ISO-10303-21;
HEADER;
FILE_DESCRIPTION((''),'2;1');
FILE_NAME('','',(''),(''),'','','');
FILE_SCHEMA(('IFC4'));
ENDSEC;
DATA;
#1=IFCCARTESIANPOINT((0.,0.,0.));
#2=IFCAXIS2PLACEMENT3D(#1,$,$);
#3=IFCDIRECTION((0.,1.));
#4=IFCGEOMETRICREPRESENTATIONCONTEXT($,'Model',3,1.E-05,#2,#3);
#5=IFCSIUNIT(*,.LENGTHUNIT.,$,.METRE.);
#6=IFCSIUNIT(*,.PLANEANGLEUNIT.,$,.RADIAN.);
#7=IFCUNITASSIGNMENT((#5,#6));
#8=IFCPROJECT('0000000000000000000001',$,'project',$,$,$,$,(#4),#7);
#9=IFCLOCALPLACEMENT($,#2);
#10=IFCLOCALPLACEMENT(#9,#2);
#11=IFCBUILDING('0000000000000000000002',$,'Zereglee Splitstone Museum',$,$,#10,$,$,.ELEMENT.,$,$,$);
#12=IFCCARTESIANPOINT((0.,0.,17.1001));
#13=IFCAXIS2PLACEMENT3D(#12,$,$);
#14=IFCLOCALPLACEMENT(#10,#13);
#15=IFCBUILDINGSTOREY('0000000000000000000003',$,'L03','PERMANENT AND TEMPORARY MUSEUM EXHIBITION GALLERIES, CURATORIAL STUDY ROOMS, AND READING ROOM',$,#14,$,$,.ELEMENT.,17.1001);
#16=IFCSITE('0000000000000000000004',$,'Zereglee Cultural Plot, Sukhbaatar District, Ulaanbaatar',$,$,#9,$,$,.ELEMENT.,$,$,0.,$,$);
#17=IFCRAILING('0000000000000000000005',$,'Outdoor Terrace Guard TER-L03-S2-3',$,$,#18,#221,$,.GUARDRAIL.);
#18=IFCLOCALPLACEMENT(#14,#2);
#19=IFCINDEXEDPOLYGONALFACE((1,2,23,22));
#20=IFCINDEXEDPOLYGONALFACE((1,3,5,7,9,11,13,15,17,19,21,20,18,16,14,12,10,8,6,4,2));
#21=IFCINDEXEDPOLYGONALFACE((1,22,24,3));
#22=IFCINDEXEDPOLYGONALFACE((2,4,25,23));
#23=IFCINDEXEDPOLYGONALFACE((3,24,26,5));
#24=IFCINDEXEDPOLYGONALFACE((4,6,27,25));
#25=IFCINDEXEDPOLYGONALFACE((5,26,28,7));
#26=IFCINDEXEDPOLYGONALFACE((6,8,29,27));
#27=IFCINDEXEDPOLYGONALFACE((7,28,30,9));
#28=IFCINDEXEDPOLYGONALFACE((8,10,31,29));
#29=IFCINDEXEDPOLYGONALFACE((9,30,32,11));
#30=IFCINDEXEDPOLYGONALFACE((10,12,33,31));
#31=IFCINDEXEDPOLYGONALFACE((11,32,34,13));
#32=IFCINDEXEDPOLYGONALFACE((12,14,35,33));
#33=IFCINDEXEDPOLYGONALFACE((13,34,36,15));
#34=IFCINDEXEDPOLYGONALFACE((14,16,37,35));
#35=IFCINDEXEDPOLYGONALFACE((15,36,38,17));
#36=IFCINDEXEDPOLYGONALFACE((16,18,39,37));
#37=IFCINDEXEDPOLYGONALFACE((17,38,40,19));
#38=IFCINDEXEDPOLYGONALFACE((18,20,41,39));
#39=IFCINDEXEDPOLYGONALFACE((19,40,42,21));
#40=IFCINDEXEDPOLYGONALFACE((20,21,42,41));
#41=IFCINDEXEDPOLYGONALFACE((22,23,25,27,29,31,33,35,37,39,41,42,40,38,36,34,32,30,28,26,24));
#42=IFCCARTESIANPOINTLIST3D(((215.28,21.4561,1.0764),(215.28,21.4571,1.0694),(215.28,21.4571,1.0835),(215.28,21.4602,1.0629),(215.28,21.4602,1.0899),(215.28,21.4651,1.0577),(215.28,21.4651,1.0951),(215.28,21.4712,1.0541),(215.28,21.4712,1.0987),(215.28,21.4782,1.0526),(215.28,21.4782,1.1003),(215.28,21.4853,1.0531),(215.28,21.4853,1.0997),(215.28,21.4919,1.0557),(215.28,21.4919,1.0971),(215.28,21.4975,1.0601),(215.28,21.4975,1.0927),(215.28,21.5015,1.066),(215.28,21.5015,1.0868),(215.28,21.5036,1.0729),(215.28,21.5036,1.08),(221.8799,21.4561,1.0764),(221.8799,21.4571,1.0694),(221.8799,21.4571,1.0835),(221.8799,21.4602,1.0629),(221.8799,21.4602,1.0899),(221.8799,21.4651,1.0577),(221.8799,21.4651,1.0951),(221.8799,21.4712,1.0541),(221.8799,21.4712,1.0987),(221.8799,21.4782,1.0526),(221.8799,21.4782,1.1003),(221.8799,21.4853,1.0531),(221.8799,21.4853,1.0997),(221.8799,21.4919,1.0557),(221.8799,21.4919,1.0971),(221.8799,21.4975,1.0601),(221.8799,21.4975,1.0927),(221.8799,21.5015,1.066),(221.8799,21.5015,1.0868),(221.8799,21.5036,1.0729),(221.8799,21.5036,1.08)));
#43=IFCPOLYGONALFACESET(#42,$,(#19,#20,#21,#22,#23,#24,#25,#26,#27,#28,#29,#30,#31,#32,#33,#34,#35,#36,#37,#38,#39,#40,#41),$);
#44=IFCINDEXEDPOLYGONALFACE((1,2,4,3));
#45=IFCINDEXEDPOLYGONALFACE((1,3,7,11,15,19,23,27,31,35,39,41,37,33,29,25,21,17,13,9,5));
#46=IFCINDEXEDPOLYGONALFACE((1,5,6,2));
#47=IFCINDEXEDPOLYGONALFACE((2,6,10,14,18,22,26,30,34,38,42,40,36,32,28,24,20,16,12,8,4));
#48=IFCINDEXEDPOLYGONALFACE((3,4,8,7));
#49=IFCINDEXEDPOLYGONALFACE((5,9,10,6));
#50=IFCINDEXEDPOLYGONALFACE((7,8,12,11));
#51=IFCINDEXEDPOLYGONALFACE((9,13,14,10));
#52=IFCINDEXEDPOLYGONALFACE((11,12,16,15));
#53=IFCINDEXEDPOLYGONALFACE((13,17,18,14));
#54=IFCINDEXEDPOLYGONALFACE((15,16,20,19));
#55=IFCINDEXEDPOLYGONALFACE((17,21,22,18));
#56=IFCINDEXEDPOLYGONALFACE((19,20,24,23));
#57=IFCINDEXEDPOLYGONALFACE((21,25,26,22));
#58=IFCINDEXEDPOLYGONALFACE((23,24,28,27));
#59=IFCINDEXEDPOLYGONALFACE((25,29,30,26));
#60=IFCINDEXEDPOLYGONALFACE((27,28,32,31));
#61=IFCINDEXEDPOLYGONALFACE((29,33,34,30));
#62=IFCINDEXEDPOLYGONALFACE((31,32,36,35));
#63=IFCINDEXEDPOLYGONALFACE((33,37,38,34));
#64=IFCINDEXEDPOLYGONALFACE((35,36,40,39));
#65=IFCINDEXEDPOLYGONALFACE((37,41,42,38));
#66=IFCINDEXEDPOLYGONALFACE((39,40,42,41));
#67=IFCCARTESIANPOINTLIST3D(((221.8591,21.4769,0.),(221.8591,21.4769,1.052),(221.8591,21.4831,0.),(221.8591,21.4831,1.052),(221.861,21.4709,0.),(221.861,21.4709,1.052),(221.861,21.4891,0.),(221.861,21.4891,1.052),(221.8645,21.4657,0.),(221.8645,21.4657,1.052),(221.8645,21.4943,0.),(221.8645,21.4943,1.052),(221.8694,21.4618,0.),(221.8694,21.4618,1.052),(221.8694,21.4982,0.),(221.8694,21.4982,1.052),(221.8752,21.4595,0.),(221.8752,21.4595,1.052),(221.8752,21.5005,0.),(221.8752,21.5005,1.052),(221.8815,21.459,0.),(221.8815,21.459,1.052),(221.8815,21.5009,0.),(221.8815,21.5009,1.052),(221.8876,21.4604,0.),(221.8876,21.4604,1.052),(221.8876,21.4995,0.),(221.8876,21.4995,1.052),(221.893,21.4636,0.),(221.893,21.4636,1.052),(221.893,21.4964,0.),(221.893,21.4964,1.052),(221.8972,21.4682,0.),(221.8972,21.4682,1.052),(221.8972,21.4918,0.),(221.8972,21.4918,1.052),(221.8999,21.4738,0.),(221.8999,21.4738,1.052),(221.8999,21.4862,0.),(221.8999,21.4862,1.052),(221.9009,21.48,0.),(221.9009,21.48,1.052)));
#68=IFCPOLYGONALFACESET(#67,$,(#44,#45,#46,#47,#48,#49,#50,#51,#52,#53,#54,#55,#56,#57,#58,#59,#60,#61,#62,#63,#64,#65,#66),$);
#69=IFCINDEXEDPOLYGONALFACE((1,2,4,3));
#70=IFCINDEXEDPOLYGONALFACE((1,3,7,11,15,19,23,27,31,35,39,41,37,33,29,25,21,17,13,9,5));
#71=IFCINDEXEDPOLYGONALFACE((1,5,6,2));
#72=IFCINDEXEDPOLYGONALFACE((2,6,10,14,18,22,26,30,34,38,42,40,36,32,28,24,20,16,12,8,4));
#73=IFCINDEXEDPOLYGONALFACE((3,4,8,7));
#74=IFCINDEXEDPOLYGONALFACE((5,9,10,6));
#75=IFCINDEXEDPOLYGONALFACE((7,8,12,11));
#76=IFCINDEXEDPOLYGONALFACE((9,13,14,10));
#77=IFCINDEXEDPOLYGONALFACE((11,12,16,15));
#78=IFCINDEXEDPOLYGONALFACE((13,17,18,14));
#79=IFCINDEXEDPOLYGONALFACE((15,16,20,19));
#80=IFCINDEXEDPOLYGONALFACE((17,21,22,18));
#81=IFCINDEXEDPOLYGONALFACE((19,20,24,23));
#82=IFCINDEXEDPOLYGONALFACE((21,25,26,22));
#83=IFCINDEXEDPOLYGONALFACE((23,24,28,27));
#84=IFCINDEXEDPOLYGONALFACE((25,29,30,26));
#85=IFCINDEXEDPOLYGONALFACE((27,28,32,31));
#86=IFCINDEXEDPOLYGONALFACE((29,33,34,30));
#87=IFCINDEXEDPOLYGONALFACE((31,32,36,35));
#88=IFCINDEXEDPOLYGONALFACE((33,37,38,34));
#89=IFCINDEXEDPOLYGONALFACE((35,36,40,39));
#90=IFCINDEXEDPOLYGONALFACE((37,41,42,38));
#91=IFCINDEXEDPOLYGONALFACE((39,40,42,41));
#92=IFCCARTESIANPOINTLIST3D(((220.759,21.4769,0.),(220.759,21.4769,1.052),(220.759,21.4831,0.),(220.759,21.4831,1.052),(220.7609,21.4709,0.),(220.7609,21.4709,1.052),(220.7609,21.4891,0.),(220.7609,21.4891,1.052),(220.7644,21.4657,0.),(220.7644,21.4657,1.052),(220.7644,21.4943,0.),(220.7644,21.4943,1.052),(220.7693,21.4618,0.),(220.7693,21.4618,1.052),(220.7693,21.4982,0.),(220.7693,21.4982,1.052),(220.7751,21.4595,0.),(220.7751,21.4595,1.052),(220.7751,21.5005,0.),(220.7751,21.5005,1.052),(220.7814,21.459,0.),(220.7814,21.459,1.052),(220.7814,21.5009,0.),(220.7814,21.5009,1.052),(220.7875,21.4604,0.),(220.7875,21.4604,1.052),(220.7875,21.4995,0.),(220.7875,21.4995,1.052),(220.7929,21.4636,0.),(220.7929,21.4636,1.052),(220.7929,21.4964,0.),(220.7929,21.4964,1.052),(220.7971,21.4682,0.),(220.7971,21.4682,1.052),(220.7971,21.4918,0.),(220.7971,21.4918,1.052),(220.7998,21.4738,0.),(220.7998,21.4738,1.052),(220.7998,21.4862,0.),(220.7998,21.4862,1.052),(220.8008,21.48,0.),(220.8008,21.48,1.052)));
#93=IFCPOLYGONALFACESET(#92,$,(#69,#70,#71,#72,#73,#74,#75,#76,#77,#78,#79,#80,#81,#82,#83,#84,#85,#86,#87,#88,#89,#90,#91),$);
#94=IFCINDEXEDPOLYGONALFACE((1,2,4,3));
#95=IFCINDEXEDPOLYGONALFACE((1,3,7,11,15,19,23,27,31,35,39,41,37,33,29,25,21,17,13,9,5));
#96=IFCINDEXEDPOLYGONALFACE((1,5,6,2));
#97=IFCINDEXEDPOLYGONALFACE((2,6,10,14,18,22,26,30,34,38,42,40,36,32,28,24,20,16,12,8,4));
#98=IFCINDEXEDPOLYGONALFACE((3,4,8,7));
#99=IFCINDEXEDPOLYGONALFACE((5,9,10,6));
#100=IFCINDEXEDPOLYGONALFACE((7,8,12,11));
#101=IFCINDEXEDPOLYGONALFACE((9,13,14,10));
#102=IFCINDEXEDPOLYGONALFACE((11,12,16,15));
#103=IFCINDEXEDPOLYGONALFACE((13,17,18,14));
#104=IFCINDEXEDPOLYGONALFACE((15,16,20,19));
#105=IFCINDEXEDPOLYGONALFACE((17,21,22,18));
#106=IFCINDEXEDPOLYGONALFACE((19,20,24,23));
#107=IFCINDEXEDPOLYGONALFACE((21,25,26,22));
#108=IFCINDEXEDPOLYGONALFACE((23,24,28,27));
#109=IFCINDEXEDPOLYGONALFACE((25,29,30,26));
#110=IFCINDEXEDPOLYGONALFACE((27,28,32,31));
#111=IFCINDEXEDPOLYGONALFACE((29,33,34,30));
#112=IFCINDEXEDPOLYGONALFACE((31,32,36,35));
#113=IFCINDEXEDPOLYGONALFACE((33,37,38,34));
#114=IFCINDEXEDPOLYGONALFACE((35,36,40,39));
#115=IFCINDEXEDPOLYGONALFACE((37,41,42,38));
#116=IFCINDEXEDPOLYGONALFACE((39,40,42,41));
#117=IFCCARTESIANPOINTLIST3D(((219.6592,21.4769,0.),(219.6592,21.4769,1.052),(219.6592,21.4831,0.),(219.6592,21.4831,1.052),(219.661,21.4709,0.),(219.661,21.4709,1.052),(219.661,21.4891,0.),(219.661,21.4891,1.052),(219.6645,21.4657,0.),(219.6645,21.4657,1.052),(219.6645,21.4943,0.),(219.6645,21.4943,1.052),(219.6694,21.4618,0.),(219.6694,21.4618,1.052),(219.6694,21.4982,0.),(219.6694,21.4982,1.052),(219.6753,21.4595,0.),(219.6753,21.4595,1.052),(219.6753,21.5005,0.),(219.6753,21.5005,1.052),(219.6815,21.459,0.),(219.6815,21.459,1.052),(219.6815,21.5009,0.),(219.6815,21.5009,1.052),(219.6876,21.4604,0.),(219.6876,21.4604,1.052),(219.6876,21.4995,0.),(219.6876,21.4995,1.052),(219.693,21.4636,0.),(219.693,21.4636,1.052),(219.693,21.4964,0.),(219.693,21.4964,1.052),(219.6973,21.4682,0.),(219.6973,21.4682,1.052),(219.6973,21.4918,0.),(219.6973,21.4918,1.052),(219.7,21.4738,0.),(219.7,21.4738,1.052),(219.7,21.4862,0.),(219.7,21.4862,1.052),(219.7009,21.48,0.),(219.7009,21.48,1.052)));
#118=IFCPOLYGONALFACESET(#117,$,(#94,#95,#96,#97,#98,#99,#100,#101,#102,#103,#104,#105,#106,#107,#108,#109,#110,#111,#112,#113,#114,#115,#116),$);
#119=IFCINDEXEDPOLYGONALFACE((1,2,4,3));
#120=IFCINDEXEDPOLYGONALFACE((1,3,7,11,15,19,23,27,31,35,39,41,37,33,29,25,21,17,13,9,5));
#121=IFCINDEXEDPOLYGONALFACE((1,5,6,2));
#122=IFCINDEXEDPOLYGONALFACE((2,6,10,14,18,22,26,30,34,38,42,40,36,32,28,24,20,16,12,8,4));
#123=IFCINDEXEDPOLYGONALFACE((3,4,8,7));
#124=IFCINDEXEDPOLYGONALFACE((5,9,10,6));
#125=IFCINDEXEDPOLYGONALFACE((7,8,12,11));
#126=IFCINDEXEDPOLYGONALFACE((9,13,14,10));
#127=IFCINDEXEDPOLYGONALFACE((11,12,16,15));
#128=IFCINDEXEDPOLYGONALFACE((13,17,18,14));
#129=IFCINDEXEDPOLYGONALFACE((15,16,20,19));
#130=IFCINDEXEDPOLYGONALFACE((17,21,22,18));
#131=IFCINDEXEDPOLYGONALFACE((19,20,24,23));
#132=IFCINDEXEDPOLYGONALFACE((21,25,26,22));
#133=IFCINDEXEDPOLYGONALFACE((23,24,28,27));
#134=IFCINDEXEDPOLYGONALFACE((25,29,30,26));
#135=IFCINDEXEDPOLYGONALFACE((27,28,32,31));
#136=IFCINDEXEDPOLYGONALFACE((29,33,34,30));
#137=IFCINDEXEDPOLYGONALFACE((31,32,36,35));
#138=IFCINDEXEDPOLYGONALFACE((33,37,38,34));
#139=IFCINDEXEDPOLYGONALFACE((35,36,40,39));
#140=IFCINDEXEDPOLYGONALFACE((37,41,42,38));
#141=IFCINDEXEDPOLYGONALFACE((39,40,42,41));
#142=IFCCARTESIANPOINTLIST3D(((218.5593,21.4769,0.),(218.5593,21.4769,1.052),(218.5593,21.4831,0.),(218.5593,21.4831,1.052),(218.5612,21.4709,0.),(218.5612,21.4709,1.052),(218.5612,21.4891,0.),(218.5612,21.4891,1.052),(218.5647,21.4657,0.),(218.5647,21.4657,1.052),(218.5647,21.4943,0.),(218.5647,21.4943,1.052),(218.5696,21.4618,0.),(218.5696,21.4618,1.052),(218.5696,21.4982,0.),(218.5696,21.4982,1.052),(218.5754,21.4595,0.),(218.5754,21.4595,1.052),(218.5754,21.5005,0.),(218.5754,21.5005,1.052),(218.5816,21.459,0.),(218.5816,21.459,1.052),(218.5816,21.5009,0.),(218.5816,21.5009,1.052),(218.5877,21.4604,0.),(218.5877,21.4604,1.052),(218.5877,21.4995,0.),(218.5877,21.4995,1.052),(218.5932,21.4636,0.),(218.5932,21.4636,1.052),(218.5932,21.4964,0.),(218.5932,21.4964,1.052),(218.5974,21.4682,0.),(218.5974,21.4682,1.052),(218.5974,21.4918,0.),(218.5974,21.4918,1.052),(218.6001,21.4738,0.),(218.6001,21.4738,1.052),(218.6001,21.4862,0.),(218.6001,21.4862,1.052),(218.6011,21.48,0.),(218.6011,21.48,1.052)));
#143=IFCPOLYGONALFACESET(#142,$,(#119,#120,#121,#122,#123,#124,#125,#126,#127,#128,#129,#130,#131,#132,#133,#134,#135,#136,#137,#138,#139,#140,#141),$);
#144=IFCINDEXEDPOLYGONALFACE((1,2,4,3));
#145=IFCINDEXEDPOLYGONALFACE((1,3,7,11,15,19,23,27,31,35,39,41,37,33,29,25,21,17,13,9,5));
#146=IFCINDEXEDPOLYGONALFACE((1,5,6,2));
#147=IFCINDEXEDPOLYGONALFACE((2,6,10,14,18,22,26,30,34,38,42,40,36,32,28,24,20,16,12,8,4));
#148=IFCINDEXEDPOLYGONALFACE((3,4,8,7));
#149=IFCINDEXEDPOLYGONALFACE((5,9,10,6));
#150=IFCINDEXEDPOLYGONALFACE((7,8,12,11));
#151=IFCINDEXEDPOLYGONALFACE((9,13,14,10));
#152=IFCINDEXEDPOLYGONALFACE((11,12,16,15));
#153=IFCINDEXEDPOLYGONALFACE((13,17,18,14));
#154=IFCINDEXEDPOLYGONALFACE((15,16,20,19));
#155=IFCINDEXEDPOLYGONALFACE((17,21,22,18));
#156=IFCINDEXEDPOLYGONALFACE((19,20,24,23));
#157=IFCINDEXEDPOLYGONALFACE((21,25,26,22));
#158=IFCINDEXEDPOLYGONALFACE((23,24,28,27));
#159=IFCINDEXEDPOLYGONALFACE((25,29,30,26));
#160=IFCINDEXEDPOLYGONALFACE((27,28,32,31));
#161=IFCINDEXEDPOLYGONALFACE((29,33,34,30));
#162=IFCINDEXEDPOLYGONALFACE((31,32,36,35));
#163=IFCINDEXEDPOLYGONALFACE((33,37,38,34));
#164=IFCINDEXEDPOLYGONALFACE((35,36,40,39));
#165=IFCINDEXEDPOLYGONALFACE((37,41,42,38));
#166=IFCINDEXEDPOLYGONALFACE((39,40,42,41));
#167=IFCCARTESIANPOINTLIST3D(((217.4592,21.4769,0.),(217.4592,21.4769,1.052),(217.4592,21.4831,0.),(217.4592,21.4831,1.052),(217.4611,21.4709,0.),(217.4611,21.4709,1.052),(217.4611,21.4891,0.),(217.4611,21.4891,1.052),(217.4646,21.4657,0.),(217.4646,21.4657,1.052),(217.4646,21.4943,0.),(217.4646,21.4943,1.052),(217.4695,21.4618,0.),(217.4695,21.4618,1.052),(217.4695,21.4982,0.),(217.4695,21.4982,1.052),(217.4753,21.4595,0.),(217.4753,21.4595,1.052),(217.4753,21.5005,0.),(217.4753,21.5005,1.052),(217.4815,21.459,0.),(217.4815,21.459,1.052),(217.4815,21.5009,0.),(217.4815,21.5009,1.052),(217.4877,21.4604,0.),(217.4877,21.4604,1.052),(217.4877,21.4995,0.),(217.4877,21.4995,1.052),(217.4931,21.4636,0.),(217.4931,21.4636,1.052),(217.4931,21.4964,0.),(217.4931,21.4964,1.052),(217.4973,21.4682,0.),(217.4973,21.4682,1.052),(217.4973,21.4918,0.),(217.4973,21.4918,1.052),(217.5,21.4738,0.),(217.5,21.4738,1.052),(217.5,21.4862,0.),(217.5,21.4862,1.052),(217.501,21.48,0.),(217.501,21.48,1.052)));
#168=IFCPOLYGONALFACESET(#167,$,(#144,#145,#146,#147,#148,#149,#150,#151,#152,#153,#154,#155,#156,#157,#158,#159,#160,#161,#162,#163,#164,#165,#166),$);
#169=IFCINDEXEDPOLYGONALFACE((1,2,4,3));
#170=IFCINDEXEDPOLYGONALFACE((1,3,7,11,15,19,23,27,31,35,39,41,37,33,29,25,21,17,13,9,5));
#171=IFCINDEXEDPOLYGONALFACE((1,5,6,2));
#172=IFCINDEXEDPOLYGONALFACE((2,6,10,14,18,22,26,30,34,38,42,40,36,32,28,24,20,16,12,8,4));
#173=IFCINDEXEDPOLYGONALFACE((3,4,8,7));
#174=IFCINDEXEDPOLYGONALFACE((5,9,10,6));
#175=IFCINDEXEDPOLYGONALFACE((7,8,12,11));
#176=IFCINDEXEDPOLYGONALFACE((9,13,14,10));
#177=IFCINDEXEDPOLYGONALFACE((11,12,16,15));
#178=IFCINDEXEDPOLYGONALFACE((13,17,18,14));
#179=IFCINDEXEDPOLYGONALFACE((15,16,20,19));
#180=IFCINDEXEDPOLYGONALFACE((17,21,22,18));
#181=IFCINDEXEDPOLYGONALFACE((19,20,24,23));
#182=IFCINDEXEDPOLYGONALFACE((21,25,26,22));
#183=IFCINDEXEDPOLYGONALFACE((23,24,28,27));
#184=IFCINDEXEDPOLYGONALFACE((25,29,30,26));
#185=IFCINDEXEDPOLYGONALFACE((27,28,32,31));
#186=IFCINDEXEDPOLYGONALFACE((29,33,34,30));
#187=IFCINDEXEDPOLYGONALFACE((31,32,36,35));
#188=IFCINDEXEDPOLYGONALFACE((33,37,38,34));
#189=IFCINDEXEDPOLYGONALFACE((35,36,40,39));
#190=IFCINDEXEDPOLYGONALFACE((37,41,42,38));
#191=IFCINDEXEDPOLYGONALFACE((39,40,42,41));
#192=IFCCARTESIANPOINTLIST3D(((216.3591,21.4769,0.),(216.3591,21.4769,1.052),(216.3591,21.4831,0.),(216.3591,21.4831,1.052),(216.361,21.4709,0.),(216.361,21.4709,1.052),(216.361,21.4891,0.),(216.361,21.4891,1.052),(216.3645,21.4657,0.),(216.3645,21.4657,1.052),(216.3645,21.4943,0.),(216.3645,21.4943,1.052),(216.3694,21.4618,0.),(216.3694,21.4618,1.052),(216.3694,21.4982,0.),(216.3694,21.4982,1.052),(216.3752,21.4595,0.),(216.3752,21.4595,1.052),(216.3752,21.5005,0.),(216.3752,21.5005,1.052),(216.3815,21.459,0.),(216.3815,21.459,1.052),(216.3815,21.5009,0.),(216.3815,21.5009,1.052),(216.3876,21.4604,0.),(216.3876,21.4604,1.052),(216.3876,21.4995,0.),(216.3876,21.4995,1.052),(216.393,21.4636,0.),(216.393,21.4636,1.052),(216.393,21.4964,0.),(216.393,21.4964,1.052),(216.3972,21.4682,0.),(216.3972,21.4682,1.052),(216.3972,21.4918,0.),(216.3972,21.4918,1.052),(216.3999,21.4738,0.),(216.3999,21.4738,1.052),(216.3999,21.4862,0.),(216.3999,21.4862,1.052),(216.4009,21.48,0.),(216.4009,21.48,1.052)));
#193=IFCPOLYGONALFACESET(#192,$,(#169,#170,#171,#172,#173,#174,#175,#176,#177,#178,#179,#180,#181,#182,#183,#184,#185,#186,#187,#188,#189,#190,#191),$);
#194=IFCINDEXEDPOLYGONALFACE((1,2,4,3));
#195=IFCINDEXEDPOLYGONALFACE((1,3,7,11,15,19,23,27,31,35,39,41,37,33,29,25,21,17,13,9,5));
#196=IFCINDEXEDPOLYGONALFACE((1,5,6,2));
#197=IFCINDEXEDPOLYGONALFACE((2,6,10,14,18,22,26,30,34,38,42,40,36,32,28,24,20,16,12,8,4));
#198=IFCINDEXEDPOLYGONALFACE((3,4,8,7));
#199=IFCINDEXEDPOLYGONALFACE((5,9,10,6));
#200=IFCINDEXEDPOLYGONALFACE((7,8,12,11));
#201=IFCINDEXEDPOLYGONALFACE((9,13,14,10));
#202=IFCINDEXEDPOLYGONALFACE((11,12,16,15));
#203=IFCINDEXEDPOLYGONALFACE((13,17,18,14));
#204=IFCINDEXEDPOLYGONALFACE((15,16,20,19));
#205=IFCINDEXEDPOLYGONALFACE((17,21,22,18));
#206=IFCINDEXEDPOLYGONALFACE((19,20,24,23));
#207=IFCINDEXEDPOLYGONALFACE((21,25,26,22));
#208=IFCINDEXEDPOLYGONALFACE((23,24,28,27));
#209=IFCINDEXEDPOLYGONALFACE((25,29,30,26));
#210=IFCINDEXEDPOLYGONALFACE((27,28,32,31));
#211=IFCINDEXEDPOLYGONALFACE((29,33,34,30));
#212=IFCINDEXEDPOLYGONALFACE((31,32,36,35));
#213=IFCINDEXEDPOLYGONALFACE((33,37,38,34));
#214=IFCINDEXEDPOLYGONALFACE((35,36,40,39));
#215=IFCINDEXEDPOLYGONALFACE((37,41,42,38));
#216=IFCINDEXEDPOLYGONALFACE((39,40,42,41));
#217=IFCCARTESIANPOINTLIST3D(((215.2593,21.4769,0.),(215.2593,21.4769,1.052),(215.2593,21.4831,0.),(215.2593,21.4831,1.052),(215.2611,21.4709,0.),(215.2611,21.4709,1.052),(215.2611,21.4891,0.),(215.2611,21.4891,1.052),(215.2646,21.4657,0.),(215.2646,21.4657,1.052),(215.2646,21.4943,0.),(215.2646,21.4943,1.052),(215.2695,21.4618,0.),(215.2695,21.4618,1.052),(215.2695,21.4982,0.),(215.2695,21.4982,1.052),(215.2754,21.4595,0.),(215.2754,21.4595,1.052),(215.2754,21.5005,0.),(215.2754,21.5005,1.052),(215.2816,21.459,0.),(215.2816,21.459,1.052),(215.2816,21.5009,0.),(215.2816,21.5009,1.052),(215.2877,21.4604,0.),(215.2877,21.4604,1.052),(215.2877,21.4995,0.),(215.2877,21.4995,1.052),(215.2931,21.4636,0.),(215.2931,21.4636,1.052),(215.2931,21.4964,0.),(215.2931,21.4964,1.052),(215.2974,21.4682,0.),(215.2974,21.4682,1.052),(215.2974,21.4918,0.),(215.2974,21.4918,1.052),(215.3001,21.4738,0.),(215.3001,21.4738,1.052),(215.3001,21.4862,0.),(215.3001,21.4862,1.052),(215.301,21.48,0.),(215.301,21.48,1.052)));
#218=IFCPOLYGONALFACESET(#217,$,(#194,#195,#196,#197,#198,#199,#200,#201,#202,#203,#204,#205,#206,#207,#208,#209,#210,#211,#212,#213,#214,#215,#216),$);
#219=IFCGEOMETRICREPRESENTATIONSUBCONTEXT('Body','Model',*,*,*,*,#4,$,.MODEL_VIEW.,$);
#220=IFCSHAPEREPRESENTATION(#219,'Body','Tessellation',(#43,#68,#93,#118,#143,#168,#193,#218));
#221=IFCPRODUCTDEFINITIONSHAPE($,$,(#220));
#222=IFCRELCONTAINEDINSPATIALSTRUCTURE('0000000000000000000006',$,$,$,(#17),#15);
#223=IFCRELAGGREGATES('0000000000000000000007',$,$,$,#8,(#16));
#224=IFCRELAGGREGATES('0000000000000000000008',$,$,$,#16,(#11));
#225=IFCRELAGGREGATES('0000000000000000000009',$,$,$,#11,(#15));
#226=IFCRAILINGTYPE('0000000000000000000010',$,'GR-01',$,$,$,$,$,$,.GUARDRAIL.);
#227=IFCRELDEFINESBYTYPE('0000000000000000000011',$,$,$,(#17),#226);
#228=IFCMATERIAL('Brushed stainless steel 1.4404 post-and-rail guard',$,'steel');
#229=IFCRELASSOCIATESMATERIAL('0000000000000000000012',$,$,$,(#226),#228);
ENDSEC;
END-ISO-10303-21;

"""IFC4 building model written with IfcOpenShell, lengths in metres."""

from ifc_helpers import new_model, si_unit, direction, frame, origin, origin_2d, place, context, subcontext, project, spatial, circle, extrude, material, type_object, element, save


model = new_model("IFC4")

# Units and contexts
model_context = context("Model", 3, precision=1e-05, world=origin(), true_north=direction((0.0, 1.0)))
body_context = subcontext(model_context, "Body", "Model", "MODEL_VIEW")
ifc_project = project(units=[si_unit("LENGTHUNIT", "METRE"), si_unit("PLANEANGLEUNIT", "RADIAN")], contexts=[model_context])

# Site, building, storey
site_placement = place(None, origin())
site = spatial("IfcSite", under=ifc_project, at=site_placement, Name="Zereglee Cultural Plot, Sukhbaatar District, Ulaanbaatar", CompositionType="ELEMENT", RefElevation=0.0)
building_placement = place(site_placement, origin())
building = spatial("IfcBuilding", under=site, at=building_placement, Name="Zereglee Splitstone Museum", CompositionType="ELEMENT")
storey_placement = place(building_placement, frame((0.0, 0.0, 17.1001)))
storey = spatial("IfcBuildingStorey", under=building, at=storey_placement, Name="L03", Description="PERMANENT AND TEMPORARY MUSEUM EXHIBITION GALLERIES, CURATORIAL STUDY ROOMS, AND READING ROOM", CompositionType="ELEMENT", Elevation=17.1001)

# Railing
ifc_material_1 = material(Name="Brushed stainless steel 1.4404 post-and-rail guard", Category="steel")
railing_type = type_object("IfcRailingType", Name="GR-01", PredefinedType="GUARDRAIL", material=ifc_material_1)
railing_placement = place(storey_placement, frame((221.8799, 21.48, 0.0)))
element("IfcRailing", 1, at=railing_placement, inside=storey, type_object=railing_type, Name="Outdoor Terrace Guard TER-L03-S2-3", PredefinedType="GUARDRAIL", context=body_context, shape_type="SweptSolid", body=[
    extrude(circle(Radius=0.0239, at=origin_2d()), frame((0.0, 0.0, 1.0764), z_axis=(-1.0, 0.0, 0.0), x_axis=(0.0, -1.0, 0.0)), (0.0, 0.0, 1.0), 6.5999),
    extrude(circle(Radius=0.021, at=origin_2d()), origin(), (0.0, 0.0, 1.0), 1.052),
    extrude(circle(Radius=0.021, at=origin_2d()), frame((-1.1001, 0.0, 0.0)), (0.0, 0.0, 1.0), 1.052),
    extrude(circle(Radius=0.021, at=origin_2d()), frame((-2.2, 0.0, 0.0)), (0.0, 0.0, 1.0), 1.052),
    extrude(circle(Radius=0.021, at=origin_2d()), frame((-3.2998, 0.0, 0.0)), (0.0, 0.0, 1.0), 1.052),
    extrude(circle(Radius=0.021, at=origin_2d()), frame((-4.3999, 0.0, 0.0)), (0.0, 0.0, 1.0), 1.052),
    extrude(circle(Radius=0.021, at=origin_2d()), frame((-5.5, 0.0, 0.0)), (0.0, 0.0, 1.0), 1.052),
    extrude(circle(Radius=0.021, at=origin_2d()), frame((-6.5999, 0.0, 0.0)), (0.0, 0.0, 1.0), 1.052),
])

save(model, "model.ifc")
